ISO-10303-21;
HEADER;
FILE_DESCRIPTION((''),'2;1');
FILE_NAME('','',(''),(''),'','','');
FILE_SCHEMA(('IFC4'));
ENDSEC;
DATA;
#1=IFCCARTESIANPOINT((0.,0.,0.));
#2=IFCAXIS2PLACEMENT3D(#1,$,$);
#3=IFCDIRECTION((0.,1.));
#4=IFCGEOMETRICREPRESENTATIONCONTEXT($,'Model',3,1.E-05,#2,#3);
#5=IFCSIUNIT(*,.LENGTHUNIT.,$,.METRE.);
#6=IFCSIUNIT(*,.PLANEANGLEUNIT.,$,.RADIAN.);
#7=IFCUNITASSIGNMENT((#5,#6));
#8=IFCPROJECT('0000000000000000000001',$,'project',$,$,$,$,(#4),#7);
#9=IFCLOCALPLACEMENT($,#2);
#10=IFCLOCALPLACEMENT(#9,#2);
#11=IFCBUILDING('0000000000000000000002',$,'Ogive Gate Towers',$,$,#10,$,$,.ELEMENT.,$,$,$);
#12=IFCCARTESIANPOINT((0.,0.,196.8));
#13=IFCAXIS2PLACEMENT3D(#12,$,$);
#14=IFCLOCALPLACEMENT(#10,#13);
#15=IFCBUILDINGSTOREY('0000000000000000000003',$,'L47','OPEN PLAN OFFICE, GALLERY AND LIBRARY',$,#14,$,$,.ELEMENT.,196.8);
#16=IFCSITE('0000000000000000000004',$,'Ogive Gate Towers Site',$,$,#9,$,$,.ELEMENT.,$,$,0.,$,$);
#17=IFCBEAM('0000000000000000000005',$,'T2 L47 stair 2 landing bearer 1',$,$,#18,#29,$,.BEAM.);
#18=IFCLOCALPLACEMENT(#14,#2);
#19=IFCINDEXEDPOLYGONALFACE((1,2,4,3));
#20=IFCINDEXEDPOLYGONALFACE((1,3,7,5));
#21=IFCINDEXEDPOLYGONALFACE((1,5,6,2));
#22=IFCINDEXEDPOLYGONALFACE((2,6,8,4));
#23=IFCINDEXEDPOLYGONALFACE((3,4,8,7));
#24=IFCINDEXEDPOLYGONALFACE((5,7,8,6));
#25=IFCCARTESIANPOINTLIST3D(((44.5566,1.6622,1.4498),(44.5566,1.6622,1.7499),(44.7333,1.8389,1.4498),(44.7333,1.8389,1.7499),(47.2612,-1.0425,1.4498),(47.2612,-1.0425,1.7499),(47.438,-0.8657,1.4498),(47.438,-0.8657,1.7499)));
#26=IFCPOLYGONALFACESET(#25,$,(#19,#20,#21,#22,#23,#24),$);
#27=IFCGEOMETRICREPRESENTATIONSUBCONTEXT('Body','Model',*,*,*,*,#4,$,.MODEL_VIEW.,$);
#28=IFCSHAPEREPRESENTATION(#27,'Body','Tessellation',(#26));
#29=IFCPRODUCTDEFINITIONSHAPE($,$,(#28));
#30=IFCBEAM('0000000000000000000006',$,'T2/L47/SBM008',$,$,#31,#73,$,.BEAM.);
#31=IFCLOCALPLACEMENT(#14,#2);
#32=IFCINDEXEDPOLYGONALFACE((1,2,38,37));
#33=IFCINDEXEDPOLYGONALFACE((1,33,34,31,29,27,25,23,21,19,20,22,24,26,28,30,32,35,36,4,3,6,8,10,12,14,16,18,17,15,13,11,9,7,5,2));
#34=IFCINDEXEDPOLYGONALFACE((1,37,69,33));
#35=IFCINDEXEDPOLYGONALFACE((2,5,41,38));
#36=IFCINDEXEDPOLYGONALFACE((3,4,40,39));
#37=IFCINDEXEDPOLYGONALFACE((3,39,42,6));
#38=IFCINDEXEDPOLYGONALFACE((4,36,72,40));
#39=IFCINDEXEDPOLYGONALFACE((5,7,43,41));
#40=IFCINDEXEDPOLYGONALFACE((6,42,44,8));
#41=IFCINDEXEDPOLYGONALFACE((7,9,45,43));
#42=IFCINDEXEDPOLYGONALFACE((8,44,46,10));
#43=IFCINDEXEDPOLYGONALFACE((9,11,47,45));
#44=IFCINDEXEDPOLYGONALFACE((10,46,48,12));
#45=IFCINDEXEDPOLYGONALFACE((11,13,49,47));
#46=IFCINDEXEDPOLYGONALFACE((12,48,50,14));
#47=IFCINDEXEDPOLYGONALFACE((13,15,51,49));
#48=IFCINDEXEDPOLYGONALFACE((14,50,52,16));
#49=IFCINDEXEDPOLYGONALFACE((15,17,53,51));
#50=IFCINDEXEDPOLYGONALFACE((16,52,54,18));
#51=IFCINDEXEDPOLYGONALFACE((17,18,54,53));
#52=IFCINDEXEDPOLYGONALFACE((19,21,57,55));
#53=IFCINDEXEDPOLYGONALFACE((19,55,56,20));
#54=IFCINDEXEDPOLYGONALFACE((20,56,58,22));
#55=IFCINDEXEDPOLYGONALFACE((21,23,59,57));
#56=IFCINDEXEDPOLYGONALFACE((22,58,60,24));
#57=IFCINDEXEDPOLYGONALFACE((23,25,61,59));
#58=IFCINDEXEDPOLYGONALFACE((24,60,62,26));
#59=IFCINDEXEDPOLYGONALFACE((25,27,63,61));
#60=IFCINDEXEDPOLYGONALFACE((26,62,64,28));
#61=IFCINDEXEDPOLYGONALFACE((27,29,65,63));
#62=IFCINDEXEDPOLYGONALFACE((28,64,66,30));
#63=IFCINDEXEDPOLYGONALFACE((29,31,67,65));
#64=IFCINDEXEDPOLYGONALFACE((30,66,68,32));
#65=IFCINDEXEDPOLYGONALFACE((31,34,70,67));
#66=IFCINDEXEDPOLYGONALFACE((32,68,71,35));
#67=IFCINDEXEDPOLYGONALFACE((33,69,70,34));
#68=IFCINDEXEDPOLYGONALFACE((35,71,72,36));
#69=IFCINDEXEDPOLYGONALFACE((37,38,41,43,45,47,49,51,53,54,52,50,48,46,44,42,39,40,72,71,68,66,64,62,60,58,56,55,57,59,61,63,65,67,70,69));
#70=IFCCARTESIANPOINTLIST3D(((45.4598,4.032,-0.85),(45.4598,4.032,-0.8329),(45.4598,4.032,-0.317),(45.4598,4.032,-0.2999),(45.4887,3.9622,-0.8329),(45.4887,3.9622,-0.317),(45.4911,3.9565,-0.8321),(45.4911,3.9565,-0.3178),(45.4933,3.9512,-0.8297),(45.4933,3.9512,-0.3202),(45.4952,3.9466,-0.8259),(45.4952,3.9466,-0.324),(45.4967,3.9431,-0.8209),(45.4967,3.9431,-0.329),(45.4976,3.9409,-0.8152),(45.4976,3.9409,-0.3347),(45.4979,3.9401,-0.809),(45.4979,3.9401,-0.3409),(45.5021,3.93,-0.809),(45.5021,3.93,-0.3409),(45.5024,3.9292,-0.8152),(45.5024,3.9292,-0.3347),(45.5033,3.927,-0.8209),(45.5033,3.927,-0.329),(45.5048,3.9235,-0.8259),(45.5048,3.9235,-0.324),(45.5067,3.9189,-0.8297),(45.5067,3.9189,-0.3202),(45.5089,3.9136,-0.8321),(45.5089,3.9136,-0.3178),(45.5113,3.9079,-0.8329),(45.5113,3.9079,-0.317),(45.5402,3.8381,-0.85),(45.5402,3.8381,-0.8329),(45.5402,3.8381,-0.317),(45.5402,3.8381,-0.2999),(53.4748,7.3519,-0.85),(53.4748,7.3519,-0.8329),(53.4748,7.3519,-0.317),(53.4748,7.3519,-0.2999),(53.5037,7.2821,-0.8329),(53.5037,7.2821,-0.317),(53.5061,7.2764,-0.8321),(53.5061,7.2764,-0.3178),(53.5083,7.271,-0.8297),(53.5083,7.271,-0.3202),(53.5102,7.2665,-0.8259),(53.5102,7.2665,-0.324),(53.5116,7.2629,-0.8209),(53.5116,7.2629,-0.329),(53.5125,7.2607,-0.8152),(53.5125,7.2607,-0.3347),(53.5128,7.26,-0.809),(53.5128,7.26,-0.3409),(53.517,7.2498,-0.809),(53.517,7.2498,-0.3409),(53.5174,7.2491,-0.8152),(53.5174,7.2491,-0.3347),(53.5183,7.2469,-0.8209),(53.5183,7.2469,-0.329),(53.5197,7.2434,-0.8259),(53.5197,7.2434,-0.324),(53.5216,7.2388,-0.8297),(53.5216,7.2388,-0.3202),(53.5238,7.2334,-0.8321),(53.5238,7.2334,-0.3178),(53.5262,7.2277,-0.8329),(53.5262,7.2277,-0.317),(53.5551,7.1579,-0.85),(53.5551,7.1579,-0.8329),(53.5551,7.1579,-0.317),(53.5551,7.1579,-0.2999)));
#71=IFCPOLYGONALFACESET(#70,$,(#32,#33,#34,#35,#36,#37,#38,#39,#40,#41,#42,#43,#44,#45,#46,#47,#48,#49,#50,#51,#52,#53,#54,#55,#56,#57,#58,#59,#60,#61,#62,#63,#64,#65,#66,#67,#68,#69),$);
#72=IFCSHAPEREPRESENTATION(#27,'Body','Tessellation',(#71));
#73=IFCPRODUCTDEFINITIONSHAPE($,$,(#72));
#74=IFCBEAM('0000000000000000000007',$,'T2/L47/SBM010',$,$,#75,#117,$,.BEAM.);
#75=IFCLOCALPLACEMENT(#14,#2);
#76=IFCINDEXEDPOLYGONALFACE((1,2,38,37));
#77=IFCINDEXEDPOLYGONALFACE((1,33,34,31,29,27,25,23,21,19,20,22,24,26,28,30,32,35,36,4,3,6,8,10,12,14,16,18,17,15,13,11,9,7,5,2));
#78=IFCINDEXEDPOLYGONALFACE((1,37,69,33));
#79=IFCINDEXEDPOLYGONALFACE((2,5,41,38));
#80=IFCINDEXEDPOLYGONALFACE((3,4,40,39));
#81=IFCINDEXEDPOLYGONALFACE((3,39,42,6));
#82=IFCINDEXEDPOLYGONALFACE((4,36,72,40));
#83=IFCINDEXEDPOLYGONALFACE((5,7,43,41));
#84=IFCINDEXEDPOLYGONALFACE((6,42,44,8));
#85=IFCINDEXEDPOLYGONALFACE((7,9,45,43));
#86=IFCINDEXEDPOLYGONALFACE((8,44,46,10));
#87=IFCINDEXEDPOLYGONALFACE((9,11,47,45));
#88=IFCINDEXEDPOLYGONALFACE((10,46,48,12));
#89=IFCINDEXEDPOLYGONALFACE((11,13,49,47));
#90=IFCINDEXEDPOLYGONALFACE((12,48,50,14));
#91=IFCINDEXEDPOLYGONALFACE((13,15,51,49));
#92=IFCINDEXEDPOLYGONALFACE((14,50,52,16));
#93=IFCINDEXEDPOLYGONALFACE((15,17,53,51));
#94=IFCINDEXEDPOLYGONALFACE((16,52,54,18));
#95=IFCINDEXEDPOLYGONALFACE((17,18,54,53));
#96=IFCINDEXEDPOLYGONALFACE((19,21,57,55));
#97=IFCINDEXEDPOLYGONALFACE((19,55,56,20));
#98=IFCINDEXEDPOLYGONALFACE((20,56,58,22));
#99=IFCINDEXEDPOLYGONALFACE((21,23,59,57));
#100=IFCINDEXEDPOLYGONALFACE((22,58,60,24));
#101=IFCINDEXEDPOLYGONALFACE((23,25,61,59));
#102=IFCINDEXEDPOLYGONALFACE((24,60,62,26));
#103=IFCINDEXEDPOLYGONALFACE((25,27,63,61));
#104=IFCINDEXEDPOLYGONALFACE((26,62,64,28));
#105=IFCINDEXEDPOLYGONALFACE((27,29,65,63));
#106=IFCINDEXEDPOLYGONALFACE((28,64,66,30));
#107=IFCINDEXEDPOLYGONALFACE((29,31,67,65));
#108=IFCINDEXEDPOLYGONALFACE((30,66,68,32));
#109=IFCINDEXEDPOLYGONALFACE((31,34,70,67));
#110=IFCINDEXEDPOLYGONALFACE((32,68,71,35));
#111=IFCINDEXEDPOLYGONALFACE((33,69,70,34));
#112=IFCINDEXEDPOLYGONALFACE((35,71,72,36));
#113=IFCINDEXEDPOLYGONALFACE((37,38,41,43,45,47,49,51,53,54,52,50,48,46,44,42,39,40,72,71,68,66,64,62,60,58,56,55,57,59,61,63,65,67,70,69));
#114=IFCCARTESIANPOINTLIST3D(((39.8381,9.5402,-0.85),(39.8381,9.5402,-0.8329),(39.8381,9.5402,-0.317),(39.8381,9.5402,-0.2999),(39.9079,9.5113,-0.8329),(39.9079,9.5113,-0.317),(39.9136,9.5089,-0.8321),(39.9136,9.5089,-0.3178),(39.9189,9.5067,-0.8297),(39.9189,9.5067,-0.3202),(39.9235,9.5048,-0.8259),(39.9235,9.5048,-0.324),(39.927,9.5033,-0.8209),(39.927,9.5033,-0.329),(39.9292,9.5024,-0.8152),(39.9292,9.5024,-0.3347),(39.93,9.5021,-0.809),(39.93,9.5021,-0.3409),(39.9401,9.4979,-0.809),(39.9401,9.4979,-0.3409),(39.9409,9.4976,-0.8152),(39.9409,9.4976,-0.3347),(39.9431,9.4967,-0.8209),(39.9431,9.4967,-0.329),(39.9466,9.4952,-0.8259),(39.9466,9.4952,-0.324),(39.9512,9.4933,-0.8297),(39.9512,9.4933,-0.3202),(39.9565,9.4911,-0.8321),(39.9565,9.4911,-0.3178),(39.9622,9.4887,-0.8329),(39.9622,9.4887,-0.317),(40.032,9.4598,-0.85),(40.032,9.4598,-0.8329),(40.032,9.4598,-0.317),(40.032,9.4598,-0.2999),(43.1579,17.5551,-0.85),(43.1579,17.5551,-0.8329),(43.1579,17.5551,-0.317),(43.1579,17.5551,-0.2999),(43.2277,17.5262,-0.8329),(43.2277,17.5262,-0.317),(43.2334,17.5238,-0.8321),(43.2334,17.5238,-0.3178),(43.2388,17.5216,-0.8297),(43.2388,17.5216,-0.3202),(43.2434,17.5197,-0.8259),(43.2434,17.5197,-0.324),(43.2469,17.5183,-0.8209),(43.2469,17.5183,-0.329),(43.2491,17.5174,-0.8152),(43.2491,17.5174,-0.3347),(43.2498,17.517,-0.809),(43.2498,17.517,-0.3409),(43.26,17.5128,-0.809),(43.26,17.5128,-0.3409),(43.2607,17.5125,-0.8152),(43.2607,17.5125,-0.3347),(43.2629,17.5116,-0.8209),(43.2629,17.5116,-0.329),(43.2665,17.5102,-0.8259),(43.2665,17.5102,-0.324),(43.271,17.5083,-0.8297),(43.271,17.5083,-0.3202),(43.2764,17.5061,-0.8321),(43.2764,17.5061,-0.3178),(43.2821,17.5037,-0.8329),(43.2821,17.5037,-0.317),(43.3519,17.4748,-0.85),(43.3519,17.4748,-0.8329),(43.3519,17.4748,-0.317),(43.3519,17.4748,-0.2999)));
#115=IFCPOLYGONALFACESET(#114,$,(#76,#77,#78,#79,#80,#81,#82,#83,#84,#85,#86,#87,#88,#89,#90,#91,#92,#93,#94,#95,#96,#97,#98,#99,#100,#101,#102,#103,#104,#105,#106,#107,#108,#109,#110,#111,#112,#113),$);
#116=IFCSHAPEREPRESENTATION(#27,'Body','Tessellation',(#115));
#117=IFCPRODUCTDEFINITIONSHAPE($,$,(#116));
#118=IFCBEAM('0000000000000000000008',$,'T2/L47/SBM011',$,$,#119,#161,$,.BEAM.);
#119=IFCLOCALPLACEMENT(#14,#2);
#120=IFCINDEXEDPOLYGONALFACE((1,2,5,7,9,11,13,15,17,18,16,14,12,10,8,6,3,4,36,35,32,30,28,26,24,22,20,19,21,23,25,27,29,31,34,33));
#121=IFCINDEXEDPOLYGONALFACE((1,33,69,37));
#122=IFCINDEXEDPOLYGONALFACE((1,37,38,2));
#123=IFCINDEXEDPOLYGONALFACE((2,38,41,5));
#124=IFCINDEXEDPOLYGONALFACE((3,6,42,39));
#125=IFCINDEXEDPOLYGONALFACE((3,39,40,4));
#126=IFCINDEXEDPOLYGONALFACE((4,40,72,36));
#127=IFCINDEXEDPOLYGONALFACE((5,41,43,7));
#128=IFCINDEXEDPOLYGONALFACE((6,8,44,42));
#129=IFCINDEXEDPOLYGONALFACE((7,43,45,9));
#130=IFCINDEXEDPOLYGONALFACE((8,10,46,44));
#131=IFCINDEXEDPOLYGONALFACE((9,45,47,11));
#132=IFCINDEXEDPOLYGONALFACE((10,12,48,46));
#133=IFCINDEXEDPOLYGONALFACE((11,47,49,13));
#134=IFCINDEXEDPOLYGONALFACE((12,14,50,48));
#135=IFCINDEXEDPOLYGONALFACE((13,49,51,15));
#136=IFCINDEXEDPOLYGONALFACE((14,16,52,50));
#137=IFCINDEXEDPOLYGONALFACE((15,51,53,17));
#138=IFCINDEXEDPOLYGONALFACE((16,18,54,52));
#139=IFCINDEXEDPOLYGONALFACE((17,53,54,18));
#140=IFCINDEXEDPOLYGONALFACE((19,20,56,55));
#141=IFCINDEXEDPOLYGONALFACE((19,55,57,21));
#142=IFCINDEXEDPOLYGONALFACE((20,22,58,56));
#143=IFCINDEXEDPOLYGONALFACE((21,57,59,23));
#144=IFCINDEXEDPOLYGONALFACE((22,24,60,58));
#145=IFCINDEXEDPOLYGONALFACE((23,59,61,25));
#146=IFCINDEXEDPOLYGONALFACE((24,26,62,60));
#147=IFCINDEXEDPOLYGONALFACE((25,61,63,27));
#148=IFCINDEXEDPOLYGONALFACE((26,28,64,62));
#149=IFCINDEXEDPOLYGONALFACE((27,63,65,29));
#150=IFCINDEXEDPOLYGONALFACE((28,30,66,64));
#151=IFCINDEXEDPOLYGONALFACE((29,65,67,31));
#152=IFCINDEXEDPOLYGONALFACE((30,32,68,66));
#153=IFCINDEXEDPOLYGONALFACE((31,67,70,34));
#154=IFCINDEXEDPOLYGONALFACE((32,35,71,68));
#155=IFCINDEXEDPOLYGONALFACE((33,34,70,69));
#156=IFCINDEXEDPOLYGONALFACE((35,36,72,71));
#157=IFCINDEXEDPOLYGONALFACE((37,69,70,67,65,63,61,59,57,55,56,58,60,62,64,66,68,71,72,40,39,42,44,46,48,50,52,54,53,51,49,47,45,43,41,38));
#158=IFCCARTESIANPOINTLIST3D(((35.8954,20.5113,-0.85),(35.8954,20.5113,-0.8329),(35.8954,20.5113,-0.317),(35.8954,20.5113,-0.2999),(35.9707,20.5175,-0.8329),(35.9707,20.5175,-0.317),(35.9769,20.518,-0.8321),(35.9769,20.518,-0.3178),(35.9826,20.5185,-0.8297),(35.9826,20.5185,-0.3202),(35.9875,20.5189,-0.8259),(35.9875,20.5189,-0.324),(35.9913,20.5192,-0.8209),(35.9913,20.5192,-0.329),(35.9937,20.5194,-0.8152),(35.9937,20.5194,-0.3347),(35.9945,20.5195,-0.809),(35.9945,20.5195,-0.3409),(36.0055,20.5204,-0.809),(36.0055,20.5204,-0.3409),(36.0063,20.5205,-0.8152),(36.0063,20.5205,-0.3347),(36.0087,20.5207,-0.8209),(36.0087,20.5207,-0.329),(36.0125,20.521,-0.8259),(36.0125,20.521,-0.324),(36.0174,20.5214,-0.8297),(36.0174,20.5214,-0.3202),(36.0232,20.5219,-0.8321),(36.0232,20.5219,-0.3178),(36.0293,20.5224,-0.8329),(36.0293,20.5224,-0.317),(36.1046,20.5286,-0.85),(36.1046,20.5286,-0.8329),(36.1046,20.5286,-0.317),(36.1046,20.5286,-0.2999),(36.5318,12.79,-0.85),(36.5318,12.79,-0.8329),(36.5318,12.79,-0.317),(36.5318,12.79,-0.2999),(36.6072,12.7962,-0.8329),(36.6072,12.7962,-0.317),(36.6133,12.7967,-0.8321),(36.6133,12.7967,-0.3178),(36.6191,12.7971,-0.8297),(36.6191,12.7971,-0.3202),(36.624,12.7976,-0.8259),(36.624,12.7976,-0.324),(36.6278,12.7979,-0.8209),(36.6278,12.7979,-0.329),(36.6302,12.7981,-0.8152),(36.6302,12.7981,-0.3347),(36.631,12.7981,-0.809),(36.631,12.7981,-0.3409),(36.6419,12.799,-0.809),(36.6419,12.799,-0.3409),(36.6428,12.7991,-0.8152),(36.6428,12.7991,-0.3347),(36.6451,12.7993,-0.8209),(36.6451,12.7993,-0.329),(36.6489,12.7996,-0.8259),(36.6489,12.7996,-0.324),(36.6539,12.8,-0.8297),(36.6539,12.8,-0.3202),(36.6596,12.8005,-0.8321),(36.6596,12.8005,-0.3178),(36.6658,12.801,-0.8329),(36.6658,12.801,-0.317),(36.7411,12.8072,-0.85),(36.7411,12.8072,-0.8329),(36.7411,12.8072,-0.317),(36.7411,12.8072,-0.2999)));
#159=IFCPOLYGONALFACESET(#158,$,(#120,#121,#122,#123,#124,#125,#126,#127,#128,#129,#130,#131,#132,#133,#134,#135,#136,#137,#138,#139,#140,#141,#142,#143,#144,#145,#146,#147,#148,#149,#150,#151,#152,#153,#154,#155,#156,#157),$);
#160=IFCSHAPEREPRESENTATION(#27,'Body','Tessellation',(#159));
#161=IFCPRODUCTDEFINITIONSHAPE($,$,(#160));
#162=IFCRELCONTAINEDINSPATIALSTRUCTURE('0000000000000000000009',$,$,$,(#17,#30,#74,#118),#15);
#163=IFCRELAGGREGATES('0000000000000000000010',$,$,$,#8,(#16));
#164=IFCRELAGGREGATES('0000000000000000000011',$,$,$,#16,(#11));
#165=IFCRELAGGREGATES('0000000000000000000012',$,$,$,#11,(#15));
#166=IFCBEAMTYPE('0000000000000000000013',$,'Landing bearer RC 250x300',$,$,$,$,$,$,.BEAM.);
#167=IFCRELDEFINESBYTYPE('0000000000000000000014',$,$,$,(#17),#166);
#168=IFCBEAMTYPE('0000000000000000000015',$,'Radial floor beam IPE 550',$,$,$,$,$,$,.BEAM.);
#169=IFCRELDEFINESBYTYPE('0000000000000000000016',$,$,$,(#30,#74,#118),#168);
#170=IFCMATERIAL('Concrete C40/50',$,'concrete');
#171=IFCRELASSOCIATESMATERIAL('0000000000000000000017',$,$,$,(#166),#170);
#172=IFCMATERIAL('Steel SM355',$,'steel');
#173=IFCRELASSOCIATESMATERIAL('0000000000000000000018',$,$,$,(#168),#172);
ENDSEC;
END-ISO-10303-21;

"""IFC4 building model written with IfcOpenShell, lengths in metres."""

from ifc_helpers import new_model, si_unit, direction, frame, origin, origin_2d, place, context, subcontext, project, spatial, rectangle, i_section, extrude, material, material_profile, profile_set, type_object, element, save


model = new_model("IFC4")

# Units and contexts
model_context = context("Model", 3, precision=1e-05, world=origin(), true_north=direction((0.0, 1.0)))
body_context = subcontext(model_context, "Body", "Model", "MODEL_VIEW")
ifc_project = project(units=[si_unit("LENGTHUNIT", "METRE"), si_unit("PLANEANGLEUNIT", "RADIAN")], contexts=[model_context])

# Site, building, storey
site_placement = place(None, origin())
site = spatial("IfcSite", under=ifc_project, at=site_placement, Name="Ogive Gate Towers Site", CompositionType="ELEMENT", RefElevation=0.0)
building_placement = place(site_placement, origin())
building = spatial("IfcBuilding", under=site, at=building_placement, Name="Ogive Gate Towers", CompositionType="ELEMENT")
storey_placement = place(building_placement, frame((0.0, 0.0, 196.8)))
storey = spatial("IfcBuildingStorey", under=building, at=storey_placement, Name="L47", Description="OPEN PLAN OFFICE, GALLERY AND LIBRARY", CompositionType="ELEMENT", Elevation=196.8)

# Beams
ifc_material_1 = material(Name="Concrete C40/50", Category="concrete")
ifc_material_profile_1 = material_profile(ifc_material_1, rectangle(XDim=0.25, YDim=0.3, at=origin_2d()), Name="RC 250x300")
ifc_profile_set_1 = profile_set([ifc_material_profile_1], Name="Concrete C40/50")
beam_type_1 = type_object("IfcBeamType", Name="Landing bearer RC 250x300", PredefinedType="BEAM", material=ifc_profile_set_1)
beam_1_placement = place(storey_placement, frame((47.3496, -0.9541, 1.5999), z_axis=(-0.707107, 0.707107, 0.0), x_axis=(-0.707107, -0.707107, 0.0)))
element("IfcBeam", 1, at=beam_1_placement, inside=storey, type_object=beam_type_1, Name="T2 L47 stair 2 landing bearer 1", PredefinedType="BEAM", context=body_context, shape_type="SweptSolid", body=[
    extrude(rectangle(XDim=0.25, YDim=0.3, at=origin_2d()), origin(), (0.0, 0.0, 1.0), 3.825),
])
ifc_material_2 = material(Name="Steel SM355", Category="steel")
ifc_material_profile_2 = material_profile(ifc_material_2, i_section(OverallWidth=0.21, OverallDepth=0.55, WebThickness=0.011, FlangeThickness=0.0171, FilletRadius=0.0239, at=origin_2d()), Name="IPE 550")
ifc_profile_set_2 = profile_set([ifc_material_profile_2], Name="Steel SM355")
beam_type_2 = type_object("IfcBeamType", Name="Radial floor beam IPE 550", PredefinedType="BEAM", material=ifc_profile_set_2)
for number, where, z_axis, x_axis, name in (
    (2, (45.5, 3.9351, -0.575), (0.923882, 0.382678, 0.0), (-0.382678, 0.923882, 0.0), "T2/L47/SBM008"),
    (3, (39.9351, 9.5, -0.575), (0.382678, 0.923882, 0.0), (-0.923882, 0.382678, 0.0), "T2/L47/SBM010"),
):
    element("IfcBeam", number, at=place(storey_placement, frame(where, z_axis=z_axis, x_axis=x_axis)), inside=storey, type_object=beam_type_2, Name=name, PredefinedType="BEAM", context=body_context, shape_type="SweptSolid", body=[
        extrude(i_section(OverallWidth=0.21, OverallDepth=0.55, WebThickness=0.011, FlangeThickness=0.0171, FilletRadius=0.0239, at=origin_2d()), origin(), (0.0, 0.0, 1.0), 8.6753),
    ])
beam_2_placement = place(storey_placement, frame((36.6365, 12.7986, -0.575), z_axis=(-0.082151, 0.99662, 0.0), x_axis=(-0.99662, -0.082151, 0.0)))
element("IfcBeam", 4, at=beam_2_placement, inside=storey, type_object=beam_type_2, Name="T2/L47/SBM011", PredefinedType="BEAM", context=body_context, shape_type="SweptSolid", body=[
    extrude(i_section(OverallWidth=0.21, OverallDepth=0.55, WebThickness=0.011, FlangeThickness=0.0171, FilletRadius=0.0239, at=origin_2d()), origin(), (0.0, 0.0, 1.0), 7.7476),
])

save(model, "model.ifc")
